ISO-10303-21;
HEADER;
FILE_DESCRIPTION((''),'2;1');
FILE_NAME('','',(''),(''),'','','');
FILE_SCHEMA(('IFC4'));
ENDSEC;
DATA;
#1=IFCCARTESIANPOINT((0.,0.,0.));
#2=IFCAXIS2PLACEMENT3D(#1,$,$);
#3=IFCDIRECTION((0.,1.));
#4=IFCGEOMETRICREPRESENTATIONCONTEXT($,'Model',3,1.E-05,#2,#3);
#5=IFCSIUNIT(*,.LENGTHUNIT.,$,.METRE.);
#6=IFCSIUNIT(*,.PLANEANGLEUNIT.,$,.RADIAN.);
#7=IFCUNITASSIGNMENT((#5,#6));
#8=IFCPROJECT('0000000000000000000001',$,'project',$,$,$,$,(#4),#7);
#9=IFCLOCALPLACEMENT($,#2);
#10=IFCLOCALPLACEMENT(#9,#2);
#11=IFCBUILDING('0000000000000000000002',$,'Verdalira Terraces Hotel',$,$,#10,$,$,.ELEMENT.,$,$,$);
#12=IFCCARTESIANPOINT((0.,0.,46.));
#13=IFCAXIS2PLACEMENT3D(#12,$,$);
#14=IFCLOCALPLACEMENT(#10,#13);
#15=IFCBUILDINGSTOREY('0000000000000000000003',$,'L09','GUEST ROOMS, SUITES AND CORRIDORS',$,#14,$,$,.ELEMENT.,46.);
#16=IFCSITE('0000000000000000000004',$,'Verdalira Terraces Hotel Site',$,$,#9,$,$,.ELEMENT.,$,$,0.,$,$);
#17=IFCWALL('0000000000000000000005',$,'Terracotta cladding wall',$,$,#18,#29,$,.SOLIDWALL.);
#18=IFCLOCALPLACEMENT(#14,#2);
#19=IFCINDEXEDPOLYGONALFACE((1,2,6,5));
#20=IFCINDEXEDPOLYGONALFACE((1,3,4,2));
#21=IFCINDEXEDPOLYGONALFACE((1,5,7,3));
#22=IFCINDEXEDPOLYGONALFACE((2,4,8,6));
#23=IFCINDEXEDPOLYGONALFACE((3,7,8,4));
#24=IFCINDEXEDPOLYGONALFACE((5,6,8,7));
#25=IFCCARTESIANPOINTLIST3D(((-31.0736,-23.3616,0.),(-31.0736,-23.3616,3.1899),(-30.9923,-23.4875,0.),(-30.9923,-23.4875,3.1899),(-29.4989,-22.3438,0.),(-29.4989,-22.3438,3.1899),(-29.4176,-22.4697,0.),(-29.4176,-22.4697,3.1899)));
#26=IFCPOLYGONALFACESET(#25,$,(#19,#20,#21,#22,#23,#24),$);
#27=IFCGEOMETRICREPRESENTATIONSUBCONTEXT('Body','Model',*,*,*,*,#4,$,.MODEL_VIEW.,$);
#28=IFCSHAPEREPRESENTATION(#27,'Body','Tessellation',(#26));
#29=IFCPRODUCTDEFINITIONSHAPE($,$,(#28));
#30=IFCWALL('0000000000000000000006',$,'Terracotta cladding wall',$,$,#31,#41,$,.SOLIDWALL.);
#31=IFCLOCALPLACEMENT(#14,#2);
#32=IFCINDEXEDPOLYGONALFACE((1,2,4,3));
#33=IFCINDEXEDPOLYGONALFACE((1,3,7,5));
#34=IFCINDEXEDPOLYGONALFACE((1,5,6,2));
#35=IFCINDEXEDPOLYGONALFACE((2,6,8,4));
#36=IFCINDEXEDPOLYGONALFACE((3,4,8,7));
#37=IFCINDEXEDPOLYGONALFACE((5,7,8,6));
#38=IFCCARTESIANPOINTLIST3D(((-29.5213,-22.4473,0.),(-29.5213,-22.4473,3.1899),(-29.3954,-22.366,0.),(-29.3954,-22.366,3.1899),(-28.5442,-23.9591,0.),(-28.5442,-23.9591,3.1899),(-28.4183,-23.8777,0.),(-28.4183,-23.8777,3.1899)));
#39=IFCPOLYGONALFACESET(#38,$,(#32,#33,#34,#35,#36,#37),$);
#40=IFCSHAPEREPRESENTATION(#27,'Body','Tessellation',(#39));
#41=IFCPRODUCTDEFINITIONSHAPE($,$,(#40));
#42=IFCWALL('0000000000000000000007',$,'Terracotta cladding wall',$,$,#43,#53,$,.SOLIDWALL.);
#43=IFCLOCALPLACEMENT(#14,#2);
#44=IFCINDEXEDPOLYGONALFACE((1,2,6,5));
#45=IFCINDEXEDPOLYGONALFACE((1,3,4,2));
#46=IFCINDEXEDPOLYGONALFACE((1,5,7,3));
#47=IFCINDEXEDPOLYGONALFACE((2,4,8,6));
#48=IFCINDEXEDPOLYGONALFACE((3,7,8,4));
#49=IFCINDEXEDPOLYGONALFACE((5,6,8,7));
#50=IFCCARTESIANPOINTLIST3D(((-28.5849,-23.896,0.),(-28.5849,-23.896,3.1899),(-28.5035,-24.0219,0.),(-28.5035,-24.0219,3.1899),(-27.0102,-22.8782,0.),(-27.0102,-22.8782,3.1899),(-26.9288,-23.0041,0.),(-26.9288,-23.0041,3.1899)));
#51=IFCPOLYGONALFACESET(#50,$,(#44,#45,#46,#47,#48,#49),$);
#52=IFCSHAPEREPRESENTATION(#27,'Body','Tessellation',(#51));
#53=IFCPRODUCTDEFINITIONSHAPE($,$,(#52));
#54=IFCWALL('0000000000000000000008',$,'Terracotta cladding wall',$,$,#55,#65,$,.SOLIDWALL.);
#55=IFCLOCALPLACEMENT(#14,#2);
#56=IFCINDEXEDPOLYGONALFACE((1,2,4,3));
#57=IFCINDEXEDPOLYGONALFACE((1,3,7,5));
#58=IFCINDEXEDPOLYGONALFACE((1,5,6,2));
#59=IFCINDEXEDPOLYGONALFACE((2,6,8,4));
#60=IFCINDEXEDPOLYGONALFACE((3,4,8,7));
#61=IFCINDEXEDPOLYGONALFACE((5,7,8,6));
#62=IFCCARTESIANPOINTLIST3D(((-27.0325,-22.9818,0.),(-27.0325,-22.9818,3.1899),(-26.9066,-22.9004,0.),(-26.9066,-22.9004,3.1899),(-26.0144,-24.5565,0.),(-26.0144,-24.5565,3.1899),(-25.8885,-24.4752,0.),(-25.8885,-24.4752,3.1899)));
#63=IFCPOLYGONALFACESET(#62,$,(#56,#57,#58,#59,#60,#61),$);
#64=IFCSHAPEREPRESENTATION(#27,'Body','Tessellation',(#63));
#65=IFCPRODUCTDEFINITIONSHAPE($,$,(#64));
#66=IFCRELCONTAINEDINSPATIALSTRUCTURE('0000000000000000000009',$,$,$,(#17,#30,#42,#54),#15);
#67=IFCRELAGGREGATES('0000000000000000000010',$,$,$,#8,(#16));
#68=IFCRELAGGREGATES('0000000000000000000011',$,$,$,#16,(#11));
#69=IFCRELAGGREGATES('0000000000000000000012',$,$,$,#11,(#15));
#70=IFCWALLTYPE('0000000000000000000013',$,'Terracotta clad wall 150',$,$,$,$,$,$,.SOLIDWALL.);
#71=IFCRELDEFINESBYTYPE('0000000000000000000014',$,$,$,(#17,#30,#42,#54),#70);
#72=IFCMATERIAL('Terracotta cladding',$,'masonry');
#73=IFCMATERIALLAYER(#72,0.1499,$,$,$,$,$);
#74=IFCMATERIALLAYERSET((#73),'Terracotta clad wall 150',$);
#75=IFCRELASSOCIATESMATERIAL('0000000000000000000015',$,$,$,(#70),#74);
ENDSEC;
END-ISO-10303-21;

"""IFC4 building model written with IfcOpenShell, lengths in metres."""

from ifc_helpers import new_model, si_unit, direction, frame, frame_2d, origin, place, context, subcontext, project, spatial, rectangle, extrude, material, layer, layer_set, type_object, element, save


model = new_model("IFC4")

# Units and contexts
model_context = context("Model", 3, precision=1e-05, world=origin(), true_north=direction((0.0, 1.0)))
body_context = subcontext(model_context, "Body", "Model", "MODEL_VIEW")
ifc_project = project(units=[si_unit("LENGTHUNIT", "METRE"), si_unit("PLANEANGLEUNIT", "RADIAN")], contexts=[model_context])

# Site, building, storey
site_placement = place(None, origin())
site = spatial("IfcSite", under=ifc_project, at=site_placement, Name="Verdalira Terraces Hotel Site", CompositionType="ELEMENT", RefElevation=0.0)
building_placement = place(site_placement, origin())
building = spatial("IfcBuilding", under=site, at=building_placement, Name="Verdalira Terraces Hotel", CompositionType="ELEMENT")
storey_placement = place(building_placement, frame((0.0, 0.0, 46.0)))
storey = spatial("IfcBuildingStorey", under=building, at=storey_placement, Name="L09", Description="GUEST ROOMS, SUITES AND CORRIDORS", CompositionType="ELEMENT", Elevation=46.0)

# Walls
ifc_material_1 = material(Name="Terracotta cladding", Category="masonry")
ifc_layer_1 = layer(ifc_material_1, 0.1499)
ifc_layer_set_1 = layer_set([ifc_layer_1], Name="Terracotta clad wall 150")
wall_type_1 = type_object("IfcWallType", Name="Terracotta clad wall 150", PredefinedType="SOLIDWALL", material=ifc_layer_set_1)
wall_1_placement = place(storey_placement, frame((-31.033, -23.4246, 0.0), z_axis=(0.0, 0.0, 1.0), x_axis=(0.839839, 0.542836, 0.0)))
element("IfcWall", 1, at=wall_1_placement, inside=storey, type_object=wall_type_1, Name="Terracotta cladding wall", PredefinedType="SOLIDWALL", context=body_context, shape_type="SweptSolid", body=[
    extrude(rectangle(XDim=1.875, YDim=0.1499, at=frame_2d((0.9375, 0.0))), origin(), (0.0, 0.0, 1.0), 3.1899),
])
wall_2_placement = place(storey_placement, frame((-29.4583, -22.4067, 0.0), z_axis=(0.0, 0.0, 1.0), x_axis=(0.542813, -0.839854, 0.0)))
element("IfcWall", 2, at=wall_2_placement, inside=storey, type_object=wall_type_1, Name="Terracotta cladding wall", PredefinedType="SOLIDWALL", context=body_context, shape_type="SweptSolid", body=[
    extrude(rectangle(XDim=1.8, YDim=0.1499, at=frame_2d((0.8999, 0.0))), origin(), (0.0, 0.0, 1.0), 3.1899),
])
wall_3_placement = place(storey_placement, frame((-28.5442, -23.959, 0.0), z_axis=(0.0, 0.0, 1.0), x_axis=(0.839839, 0.542836, 0.0)))
element("IfcWall", 3, at=wall_3_placement, inside=storey, type_object=wall_type_1, Name="Terracotta cladding wall", PredefinedType="SOLIDWALL", context=body_context, shape_type="SweptSolid", body=[
    extrude(rectangle(XDim=1.875, YDim=0.1499, at=frame_2d((0.9375, 0.0))), origin(), (0.0, 0.0, 1.0), 3.1899),
])
wall_4_placement = place(storey_placement, frame((-26.9695, -22.9412, 0.0), z_axis=(0.0, 0.0, 1.0), x_axis=(0.542927, -0.83978, 0.0)))
element("IfcWall", 4, at=wall_4_placement, inside=storey, type_object=wall_type_1, Name="Terracotta cladding wall", PredefinedType="SOLIDWALL", context=body_context, shape_type="SweptSolid", body=[
    extrude(rectangle(XDim=1.8752, YDim=0.1499, at=frame_2d((0.9375, 0.0))), origin(), (0.0, 0.0, 1.0), 3.1899),
])

save(model, "model.ifc")
